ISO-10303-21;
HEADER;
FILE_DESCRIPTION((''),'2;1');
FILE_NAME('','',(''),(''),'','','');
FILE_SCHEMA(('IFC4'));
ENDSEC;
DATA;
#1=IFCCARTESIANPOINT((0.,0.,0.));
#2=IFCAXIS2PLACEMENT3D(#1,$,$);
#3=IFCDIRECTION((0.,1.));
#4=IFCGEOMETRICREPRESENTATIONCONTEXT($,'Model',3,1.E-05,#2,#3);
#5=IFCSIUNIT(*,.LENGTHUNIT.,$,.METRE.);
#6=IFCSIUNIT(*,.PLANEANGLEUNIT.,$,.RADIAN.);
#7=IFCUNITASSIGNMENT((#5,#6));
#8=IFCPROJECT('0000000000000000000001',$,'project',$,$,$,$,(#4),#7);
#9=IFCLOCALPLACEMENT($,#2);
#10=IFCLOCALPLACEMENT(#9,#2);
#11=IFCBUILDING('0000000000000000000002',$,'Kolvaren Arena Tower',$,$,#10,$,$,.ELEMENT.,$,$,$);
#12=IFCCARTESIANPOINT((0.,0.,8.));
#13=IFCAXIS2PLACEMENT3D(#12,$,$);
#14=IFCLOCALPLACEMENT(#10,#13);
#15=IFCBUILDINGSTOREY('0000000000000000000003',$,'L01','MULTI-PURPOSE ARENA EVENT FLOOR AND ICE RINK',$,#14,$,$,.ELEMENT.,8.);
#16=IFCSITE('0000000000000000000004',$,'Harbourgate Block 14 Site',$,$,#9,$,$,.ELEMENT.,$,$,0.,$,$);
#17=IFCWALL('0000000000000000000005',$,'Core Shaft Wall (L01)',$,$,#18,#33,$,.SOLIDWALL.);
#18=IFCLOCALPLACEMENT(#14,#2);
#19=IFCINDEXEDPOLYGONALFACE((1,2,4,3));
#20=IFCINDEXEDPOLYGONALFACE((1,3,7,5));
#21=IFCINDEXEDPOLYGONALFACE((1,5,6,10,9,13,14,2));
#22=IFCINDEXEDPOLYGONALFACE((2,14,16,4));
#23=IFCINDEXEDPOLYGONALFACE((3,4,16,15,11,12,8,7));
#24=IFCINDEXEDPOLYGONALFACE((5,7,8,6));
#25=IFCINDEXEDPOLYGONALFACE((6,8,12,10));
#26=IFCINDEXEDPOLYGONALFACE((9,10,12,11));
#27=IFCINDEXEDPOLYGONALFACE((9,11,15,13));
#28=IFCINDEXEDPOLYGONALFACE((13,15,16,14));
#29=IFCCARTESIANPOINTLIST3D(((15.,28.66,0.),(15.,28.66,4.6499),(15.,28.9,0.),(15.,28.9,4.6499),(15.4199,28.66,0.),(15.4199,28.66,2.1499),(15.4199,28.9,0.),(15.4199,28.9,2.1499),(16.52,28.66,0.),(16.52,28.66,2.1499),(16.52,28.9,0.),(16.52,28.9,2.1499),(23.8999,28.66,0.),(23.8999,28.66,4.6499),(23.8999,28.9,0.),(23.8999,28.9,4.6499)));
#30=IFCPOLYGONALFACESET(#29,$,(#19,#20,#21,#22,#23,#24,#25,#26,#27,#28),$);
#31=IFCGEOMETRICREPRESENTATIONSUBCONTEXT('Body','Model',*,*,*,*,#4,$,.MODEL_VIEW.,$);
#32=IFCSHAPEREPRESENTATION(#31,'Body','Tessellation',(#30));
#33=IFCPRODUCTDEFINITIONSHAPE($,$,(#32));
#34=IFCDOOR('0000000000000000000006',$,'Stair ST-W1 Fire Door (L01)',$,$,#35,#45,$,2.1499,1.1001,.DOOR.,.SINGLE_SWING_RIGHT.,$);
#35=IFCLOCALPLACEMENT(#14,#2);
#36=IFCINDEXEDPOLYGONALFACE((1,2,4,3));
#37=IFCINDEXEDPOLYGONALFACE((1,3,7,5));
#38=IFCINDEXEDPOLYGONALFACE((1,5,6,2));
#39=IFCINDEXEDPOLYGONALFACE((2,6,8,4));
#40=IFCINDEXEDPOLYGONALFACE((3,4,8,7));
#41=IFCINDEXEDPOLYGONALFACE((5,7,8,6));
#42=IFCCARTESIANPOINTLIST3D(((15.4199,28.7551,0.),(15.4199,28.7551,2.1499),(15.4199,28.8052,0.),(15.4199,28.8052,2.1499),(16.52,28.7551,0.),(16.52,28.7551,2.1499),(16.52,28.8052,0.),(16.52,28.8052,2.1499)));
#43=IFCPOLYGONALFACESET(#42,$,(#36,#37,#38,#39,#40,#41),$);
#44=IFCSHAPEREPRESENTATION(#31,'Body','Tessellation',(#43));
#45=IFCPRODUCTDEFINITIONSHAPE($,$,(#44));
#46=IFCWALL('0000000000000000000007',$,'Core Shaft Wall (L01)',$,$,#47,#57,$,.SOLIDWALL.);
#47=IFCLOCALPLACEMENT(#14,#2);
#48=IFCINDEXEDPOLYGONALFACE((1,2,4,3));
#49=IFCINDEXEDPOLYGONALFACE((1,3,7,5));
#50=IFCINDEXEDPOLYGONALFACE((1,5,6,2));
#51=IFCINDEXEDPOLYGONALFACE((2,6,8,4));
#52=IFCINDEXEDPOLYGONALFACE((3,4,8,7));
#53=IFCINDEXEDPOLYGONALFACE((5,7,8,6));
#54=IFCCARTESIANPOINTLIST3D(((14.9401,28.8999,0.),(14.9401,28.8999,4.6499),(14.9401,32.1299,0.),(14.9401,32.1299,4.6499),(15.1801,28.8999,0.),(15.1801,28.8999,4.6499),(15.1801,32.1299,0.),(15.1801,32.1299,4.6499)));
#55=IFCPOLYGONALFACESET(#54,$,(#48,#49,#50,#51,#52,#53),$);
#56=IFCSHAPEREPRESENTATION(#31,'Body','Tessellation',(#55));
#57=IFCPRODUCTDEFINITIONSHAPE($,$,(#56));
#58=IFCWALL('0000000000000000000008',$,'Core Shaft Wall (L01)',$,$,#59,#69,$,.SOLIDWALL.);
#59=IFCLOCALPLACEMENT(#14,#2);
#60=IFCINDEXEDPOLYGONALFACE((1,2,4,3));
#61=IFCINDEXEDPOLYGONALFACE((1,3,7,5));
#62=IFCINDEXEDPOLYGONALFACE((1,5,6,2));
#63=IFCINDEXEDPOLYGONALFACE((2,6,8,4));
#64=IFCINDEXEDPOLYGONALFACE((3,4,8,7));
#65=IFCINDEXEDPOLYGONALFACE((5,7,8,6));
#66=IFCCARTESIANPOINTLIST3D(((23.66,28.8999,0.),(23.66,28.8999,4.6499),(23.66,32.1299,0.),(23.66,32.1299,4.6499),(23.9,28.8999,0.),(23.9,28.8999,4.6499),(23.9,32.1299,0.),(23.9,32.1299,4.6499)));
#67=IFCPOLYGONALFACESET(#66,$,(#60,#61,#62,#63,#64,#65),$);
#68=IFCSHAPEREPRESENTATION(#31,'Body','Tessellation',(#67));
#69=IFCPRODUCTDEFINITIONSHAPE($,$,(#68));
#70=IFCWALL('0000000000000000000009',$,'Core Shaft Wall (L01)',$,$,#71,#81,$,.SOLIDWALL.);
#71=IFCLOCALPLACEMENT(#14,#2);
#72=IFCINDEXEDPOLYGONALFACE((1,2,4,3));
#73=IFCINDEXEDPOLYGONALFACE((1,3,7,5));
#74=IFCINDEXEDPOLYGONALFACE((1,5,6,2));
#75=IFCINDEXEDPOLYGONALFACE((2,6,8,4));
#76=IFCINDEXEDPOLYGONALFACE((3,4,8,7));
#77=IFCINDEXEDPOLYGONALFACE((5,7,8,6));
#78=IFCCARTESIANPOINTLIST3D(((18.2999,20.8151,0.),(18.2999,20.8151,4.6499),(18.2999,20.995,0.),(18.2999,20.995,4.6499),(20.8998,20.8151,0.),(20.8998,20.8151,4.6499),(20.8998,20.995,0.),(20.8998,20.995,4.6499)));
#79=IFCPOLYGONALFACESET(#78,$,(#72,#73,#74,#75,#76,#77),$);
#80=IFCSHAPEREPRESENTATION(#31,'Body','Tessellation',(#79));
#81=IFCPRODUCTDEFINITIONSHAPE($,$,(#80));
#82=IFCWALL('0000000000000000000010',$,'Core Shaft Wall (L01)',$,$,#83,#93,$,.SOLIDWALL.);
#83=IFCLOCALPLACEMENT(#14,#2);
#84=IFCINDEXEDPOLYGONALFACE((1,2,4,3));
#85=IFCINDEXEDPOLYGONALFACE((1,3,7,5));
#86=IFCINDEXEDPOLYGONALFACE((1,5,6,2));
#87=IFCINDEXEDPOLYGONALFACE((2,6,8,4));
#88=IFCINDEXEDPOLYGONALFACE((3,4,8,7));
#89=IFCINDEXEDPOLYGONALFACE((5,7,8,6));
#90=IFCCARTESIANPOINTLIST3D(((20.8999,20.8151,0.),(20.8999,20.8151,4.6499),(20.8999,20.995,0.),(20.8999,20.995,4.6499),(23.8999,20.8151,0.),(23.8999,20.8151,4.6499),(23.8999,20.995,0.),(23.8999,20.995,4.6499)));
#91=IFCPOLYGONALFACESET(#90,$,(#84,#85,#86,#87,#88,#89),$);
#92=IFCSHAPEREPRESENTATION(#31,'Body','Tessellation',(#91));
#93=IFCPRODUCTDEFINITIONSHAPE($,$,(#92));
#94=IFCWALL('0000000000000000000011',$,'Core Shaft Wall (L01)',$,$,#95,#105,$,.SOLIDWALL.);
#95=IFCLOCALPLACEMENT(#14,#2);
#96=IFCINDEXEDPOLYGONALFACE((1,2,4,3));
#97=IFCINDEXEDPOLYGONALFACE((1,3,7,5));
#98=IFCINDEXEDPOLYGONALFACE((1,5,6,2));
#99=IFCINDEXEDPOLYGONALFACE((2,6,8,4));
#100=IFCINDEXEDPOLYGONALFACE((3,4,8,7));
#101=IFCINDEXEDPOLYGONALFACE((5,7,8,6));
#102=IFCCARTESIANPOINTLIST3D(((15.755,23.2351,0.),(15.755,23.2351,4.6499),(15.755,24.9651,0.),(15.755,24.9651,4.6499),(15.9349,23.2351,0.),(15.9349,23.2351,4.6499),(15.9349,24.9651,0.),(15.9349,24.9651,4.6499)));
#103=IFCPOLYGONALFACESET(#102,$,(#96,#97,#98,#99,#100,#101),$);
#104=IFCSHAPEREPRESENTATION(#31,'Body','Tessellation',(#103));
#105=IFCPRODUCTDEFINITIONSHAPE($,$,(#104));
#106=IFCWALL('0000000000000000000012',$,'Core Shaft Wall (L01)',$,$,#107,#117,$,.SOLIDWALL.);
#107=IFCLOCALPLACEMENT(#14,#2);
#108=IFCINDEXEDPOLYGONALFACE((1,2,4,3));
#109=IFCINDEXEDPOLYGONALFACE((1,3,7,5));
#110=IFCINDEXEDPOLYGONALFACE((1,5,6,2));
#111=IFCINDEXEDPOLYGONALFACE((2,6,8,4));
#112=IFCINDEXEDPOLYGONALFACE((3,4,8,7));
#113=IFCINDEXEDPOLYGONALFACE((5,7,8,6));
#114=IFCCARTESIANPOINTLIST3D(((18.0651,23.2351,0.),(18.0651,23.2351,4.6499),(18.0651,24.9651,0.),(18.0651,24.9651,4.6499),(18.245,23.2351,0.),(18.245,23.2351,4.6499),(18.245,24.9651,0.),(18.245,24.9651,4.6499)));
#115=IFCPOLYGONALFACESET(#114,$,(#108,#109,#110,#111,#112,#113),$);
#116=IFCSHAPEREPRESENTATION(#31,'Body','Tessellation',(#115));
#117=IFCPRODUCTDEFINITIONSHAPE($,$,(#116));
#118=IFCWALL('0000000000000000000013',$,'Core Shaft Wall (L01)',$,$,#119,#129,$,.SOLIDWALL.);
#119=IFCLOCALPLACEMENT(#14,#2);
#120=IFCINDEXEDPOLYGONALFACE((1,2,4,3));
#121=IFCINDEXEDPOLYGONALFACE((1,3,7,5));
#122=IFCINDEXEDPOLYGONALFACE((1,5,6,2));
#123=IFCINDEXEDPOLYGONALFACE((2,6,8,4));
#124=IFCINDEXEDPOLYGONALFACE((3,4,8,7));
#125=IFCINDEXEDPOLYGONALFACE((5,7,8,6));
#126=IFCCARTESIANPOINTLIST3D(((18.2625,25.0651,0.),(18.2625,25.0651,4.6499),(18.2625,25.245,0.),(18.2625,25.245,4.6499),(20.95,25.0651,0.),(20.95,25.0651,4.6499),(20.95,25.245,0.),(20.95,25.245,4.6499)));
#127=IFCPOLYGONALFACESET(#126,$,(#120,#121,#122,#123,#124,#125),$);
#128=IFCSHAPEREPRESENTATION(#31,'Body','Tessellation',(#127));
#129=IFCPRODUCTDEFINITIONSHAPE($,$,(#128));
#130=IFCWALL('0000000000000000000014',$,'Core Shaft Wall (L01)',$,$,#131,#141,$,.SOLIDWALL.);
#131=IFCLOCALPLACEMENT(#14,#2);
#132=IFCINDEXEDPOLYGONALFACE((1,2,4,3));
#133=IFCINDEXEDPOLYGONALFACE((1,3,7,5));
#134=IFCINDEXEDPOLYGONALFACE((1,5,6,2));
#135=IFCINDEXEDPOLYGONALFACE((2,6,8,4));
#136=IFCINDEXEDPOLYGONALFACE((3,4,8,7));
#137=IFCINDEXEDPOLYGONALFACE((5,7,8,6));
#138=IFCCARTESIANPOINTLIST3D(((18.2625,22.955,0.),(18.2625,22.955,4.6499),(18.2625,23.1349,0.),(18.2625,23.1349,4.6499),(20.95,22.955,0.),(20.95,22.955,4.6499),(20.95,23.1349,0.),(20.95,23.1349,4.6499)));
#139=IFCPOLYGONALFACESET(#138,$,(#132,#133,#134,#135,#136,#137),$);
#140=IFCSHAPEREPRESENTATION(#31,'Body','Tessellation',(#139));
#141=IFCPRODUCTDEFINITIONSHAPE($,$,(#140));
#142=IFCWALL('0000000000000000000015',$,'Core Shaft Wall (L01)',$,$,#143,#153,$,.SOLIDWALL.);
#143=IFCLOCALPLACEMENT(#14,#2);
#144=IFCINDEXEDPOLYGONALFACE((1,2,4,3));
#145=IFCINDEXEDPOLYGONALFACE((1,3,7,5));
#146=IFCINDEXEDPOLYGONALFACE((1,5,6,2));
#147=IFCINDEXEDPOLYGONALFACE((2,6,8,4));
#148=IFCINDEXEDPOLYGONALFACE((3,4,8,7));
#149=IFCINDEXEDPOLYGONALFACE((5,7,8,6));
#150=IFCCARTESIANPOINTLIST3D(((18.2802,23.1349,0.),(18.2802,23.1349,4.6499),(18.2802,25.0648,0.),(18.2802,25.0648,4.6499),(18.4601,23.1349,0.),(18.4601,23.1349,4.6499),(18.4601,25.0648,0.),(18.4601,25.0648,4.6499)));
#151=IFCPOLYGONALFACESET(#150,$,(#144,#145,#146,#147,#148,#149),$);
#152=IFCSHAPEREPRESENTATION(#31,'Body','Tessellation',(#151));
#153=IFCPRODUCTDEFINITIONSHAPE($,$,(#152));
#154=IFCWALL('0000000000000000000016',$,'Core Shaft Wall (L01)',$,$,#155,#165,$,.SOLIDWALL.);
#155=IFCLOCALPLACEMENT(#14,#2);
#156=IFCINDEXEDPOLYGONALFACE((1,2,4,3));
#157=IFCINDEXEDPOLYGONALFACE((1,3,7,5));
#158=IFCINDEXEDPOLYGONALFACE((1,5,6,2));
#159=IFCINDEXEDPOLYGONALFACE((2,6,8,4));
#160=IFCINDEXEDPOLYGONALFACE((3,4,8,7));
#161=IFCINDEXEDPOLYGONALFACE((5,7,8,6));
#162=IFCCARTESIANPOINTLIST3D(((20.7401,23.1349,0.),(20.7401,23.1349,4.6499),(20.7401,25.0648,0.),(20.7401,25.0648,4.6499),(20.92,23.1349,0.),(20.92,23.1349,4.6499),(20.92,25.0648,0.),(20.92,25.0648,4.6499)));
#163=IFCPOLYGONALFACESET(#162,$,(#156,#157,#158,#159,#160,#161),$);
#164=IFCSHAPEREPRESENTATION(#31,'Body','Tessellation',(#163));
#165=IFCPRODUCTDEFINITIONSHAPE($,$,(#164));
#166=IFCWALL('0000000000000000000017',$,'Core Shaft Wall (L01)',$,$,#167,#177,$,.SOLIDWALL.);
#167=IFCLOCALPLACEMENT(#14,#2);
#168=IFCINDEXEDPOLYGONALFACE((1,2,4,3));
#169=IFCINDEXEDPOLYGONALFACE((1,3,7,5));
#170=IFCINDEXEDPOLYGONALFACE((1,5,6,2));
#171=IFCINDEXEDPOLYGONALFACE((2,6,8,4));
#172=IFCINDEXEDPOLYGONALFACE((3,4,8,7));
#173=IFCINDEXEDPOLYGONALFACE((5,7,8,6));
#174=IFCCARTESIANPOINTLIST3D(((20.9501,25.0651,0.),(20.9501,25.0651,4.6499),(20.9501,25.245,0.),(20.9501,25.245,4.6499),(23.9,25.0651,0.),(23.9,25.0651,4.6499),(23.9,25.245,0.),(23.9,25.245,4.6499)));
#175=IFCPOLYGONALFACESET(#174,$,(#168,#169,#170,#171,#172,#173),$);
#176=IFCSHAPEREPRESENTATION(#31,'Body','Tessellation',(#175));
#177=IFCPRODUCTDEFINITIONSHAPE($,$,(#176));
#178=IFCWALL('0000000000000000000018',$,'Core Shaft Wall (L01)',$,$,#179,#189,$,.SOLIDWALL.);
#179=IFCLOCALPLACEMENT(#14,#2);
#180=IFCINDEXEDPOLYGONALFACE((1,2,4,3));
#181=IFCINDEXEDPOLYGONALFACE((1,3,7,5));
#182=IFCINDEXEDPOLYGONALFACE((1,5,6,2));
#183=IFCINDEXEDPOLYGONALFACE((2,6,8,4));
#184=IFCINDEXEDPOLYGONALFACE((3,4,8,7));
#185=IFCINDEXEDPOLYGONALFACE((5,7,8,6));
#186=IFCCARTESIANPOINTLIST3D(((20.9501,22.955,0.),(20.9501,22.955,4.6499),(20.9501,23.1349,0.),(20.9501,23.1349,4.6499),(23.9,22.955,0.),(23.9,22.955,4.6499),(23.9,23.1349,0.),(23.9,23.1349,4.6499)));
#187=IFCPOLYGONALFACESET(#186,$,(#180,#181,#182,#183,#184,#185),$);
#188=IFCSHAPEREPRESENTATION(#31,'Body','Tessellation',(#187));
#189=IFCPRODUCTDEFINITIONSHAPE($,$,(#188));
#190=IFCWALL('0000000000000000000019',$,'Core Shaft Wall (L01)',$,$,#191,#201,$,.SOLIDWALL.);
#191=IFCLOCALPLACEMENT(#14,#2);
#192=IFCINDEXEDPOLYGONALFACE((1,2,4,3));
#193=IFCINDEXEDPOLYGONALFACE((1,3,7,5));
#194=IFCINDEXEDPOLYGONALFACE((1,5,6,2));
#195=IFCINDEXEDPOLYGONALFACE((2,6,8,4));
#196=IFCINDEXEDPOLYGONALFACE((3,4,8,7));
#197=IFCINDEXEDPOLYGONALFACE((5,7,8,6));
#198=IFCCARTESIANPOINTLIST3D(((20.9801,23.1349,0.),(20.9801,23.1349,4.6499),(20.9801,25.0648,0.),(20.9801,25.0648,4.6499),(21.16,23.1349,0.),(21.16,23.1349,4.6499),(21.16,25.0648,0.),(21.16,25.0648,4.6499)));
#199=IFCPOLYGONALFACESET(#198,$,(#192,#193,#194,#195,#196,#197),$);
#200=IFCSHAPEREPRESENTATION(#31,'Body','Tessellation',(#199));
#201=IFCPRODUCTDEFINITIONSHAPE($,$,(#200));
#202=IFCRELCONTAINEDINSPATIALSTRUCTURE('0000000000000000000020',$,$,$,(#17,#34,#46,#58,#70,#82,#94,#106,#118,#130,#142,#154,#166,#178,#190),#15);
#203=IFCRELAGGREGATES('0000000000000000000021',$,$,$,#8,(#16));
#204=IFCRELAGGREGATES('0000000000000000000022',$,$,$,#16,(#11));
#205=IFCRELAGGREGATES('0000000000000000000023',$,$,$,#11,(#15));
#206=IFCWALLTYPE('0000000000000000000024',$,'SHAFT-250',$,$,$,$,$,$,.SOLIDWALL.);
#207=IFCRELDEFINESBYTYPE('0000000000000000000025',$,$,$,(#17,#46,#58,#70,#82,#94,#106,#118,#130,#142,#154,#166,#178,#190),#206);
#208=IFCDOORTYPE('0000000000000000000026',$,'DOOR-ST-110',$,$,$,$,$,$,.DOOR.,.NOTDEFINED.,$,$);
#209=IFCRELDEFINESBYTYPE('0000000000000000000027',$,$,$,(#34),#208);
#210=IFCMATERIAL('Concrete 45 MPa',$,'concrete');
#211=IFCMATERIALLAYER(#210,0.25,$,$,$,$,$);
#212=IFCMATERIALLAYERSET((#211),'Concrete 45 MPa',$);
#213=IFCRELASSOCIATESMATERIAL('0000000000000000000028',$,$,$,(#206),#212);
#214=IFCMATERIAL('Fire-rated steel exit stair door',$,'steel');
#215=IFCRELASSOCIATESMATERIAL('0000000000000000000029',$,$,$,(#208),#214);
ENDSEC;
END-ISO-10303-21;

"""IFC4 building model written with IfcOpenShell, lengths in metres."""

from ifc_helpers import new_model, si_unit, direction, frame, frame_2d, origin, place, context, subcontext, project, spatial, rectangle, extrude, material, layer, layer_set, type_object, element, fill, save


model = new_model("IFC4")

# Units and contexts
model_context = context("Model", 3, precision=1e-05, world=origin(), true_north=direction((0.0, 1.0)))
body_context = subcontext(model_context, "Body", "Model", "MODEL_VIEW")
ifc_project = project(units=[si_unit("LENGTHUNIT", "METRE"), si_unit("PLANEANGLEUNIT", "RADIAN")], contexts=[model_context])

# Site, building, storey
site_placement = place(None, origin())
site = spatial("IfcSite", under=ifc_project, at=site_placement, Name="Harbourgate Block 14 Site", CompositionType="ELEMENT", RefElevation=0.0)
building_placement = place(site_placement, origin())
building = spatial("IfcBuilding", under=site, at=building_placement, Name="Kolvaren Arena Tower", CompositionType="ELEMENT")
storey_placement = place(building_placement, frame((0.0, 0.0, 8.0)))
storey = spatial("IfcBuildingStorey", under=building, at=storey_placement, Name="L01", Description="MULTI-PURPOSE ARENA EVENT FLOOR AND ICE RINK", CompositionType="ELEMENT", Elevation=8.0)

# Wall, opening, door
ifc_material_1 = material(Name="Concrete 45 MPa", Category="concrete")
ifc_layer = layer(ifc_material_1, 0.25)
ifc_layer_set = layer_set([ifc_layer], Name="Concrete 45 MPa")
wall_type = type_object("IfcWallType", Name="SHAFT-250", PredefinedType="SOLIDWALL", material=ifc_layer_set)
wall_1_placement = place(storey_placement, frame((23.8999, 28.78, 0.0), z_axis=(0.0, 0.0, 1.0), x_axis=(-1.0, 0.0, 0.0)))
wall_1 = element("IfcWall", 1, at=wall_1_placement, inside=storey, type_object=wall_type, Name="Core Shaft Wall (L01)", PredefinedType="SOLIDWALL", context=body_context, shape_type="SweptSolid", body=[
    extrude(rectangle(XDim=8.8999, YDim=0.24, at=frame_2d((4.45, 0.0))), origin(), (0.0, 0.0, 1.0), 4.6499),
])
opening_placement = place(wall_1_placement, frame((7.3799, 0.0, 0.0)))
opening = element("IfcOpeningElement", 2, at=opening_placement, cuts=wall_1, PredefinedType="OPENING", context=body_context, shape_type="SweptSolid", body=[
    extrude(rectangle(XDim=1.1001, YDim=2.1499, at=frame_2d((0.55, 1.075))), frame((0.0, 0.1299, 0.0), z_axis=(0.0, -1.0, 0.0), x_axis=(1.0, 0.0, 0.0)), (0.0, 0.0, 1.0), 0.26),
])
ifc_material_2 = material(Name="Fire-rated steel exit stair door", Category="steel")
door_type = type_object("IfcDoorType", Name="DOOR-ST-110", OperationType="NOTDEFINED", PredefinedType="DOOR", material=ifc_material_2)
door_placement = place(opening_placement, origin())
door = element("IfcDoor", 3, at=door_placement, inside=storey, type_object=door_type, Name="Stair ST-W1 Fire Door (L01)", OperationType="SINGLE_SWING_RIGHT", OverallHeight=2.1499, OverallWidth=1.1001, PredefinedType="DOOR", context=body_context, shape_type="SweptSolid", body=[
    extrude(rectangle(XDim=1.1001, YDim=2.1499, at=frame_2d((0.55, 1.075))), frame((0.0, 0.0249, 0.0), z_axis=(0.0, -1.0, 0.0), x_axis=(1.0, 0.0, 0.0)), (0.0, 0.0, 1.0), 0.05),
])
fill(opening, door)

# Walls
for number, where, z_axis, x_axis, name in (
    (4, (15.0601, 28.8999, 0.0), (0.0, 0.0, 1.0), (0.0, 1.0, 0.0), "Core Shaft Wall (L01)"),
    (5, (23.78, 28.8999, 0.0), (0.0, 0.0, 1.0), (0.0, 1.0, 0.0), "Core Shaft Wall (L01)"),
):
    element("IfcWall", number, at=place(storey_placement, frame(where, z_axis=z_axis, x_axis=x_axis)), inside=storey, type_object=wall_type, Name=name, PredefinedType="SOLIDWALL", context=body_context, shape_type="SweptSolid", body=[
        extrude(rectangle(XDim=3.23, YDim=0.24, at=frame_2d((1.615, 0.0))), origin(), (0.0, 0.0, 1.0), 4.6499),
    ])
wall_2_placement = place(storey_placement, frame((18.3, 20.905, 0.0), z_axis=(0.0, 0.0, 1.0), x_axis=(1.0, 0.0, 0.0)))
element("IfcWall", 6, at=wall_2_placement, inside=storey, type_object=wall_type, Name="Core Shaft Wall (L01)", PredefinedType="SOLIDWALL", context=body_context, shape_type="SweptSolid", body=[
    extrude(rectangle(XDim=2.5999, YDim=0.1799, at=frame_2d((1.2998, 0.0))), origin(), (0.0, 0.0, 1.0), 4.6499),
])
wall_3_placement = place(storey_placement, frame((20.8999, 20.905, 0.0), z_axis=(0.0, 0.0, 1.0), x_axis=(1.0, 0.0, 0.0)))
element("IfcWall", 7, at=wall_3_placement, inside=storey, type_object=wall_type, Name="Core Shaft Wall (L01)", PredefinedType="SOLIDWALL", context=body_context, shape_type="SweptSolid", body=[
    extrude(rectangle(XDim=3.0, YDim=0.1799, at=frame_2d((1.5, 0.0))), origin(), (0.0, 0.0, 1.0), 4.6499),
])
for number, where, z_axis, x_axis, name in (
    (8, (15.845, 23.2351, 0.0), (0.0, 0.0, 1.0), (0.0, 1.0, 0.0), "Core Shaft Wall (L01)"),
    (9, (18.155, 23.2351, 0.0), (0.0, 0.0, 1.0), (0.0, 1.0, 0.0), "Core Shaft Wall (L01)"),
):
    element("IfcWall", number, at=place(storey_placement, frame(where, z_axis=z_axis, x_axis=x_axis)), inside=storey, type_object=wall_type, Name=name, PredefinedType="SOLIDWALL", context=body_context, shape_type="SweptSolid", body=[
        extrude(rectangle(XDim=1.73, YDim=0.1799, at=frame_2d((0.865, 0.0))), origin(), (0.0, 0.0, 1.0), 4.6499),
    ])
for number, where, z_axis, x_axis, name in (
    (10, (18.2625, 25.155, 0.0), (0.0, 0.0, 1.0), (1.0, 0.0, 0.0), "Core Shaft Wall (L01)"),
    (11, (18.2625, 23.0449, 0.0), (0.0, 0.0, 1.0), (1.0, 0.0, 0.0), "Core Shaft Wall (L01)"),
):
    element("IfcWall", number, at=place(storey_placement, frame(where, z_axis=z_axis, x_axis=x_axis)), inside=storey, type_object=wall_type, Name=name, PredefinedType="SOLIDWALL", context=body_context, shape_type="SweptSolid", body=[
        extrude(rectangle(XDim=2.6875, YDim=0.1799, at=frame_2d((1.3438, 0.0))), origin(), (0.0, 0.0, 1.0), 4.6499),
    ])
for number, where, z_axis, x_axis, name in (
    (12, (18.3701, 23.135, 0.0), (0.0, 0.0, 1.0), (0.0, 1.0, 0.0), "Core Shaft Wall (L01)"),
    (13, (20.8301, 23.135, 0.0), (0.0, 0.0, 1.0), (0.0, 1.0, 0.0), "Core Shaft Wall (L01)"),
):
    element("IfcWall", number, at=place(storey_placement, frame(where, z_axis=z_axis, x_axis=x_axis)), inside=storey, type_object=wall_type, Name=name, PredefinedType="SOLIDWALL", context=body_context, shape_type="SweptSolid", body=[
        extrude(rectangle(XDim=1.9299, YDim=0.1799, at=frame_2d((0.9648, 0.0))), origin(), (0.0, 0.0, 1.0), 4.6499),
    ])
for number, where, z_axis, x_axis, name in (
    (14, (20.95, 25.155, 0.0), (0.0, 0.0, 1.0), (1.0, 0.0, 0.0), "Core Shaft Wall (L01)"),
    (15, (20.95, 23.0449, 0.0), (0.0, 0.0, 1.0), (1.0, 0.0, 0.0), "Core Shaft Wall (L01)"),
):
    element("IfcWall", number, at=place(storey_placement, frame(where, z_axis=z_axis, x_axis=x_axis)), inside=storey, type_object=wall_type, Name=name, PredefinedType="SOLIDWALL", context=body_context, shape_type="SweptSolid", body=[
        extrude(rectangle(XDim=2.95, YDim=0.1799, at=frame_2d((1.4751, 0.0))), origin(), (0.0, 0.0, 1.0), 4.6499),
    ])
for number, where, z_axis, x_axis, name in (
    (16, (21.0701, 23.135, 0.0), (0.0, 0.0, 1.0), (0.0, 1.0, 0.0), "Core Shaft Wall (L01)"),
):
    element("IfcWall", number, at=place(storey_placement, frame(where, z_axis=z_axis, x_axis=x_axis)), inside=storey, type_object=wall_type, Name=name, PredefinedType="SOLIDWALL", context=body_context, shape_type="SweptSolid", body=[
        extrude(rectangle(XDim=1.9299, YDim=0.1799, at=frame_2d((0.9648, 0.0))), origin(), (0.0, 0.0, 1.0), 4.6499),
    ])

save(model, "model.ifc")
